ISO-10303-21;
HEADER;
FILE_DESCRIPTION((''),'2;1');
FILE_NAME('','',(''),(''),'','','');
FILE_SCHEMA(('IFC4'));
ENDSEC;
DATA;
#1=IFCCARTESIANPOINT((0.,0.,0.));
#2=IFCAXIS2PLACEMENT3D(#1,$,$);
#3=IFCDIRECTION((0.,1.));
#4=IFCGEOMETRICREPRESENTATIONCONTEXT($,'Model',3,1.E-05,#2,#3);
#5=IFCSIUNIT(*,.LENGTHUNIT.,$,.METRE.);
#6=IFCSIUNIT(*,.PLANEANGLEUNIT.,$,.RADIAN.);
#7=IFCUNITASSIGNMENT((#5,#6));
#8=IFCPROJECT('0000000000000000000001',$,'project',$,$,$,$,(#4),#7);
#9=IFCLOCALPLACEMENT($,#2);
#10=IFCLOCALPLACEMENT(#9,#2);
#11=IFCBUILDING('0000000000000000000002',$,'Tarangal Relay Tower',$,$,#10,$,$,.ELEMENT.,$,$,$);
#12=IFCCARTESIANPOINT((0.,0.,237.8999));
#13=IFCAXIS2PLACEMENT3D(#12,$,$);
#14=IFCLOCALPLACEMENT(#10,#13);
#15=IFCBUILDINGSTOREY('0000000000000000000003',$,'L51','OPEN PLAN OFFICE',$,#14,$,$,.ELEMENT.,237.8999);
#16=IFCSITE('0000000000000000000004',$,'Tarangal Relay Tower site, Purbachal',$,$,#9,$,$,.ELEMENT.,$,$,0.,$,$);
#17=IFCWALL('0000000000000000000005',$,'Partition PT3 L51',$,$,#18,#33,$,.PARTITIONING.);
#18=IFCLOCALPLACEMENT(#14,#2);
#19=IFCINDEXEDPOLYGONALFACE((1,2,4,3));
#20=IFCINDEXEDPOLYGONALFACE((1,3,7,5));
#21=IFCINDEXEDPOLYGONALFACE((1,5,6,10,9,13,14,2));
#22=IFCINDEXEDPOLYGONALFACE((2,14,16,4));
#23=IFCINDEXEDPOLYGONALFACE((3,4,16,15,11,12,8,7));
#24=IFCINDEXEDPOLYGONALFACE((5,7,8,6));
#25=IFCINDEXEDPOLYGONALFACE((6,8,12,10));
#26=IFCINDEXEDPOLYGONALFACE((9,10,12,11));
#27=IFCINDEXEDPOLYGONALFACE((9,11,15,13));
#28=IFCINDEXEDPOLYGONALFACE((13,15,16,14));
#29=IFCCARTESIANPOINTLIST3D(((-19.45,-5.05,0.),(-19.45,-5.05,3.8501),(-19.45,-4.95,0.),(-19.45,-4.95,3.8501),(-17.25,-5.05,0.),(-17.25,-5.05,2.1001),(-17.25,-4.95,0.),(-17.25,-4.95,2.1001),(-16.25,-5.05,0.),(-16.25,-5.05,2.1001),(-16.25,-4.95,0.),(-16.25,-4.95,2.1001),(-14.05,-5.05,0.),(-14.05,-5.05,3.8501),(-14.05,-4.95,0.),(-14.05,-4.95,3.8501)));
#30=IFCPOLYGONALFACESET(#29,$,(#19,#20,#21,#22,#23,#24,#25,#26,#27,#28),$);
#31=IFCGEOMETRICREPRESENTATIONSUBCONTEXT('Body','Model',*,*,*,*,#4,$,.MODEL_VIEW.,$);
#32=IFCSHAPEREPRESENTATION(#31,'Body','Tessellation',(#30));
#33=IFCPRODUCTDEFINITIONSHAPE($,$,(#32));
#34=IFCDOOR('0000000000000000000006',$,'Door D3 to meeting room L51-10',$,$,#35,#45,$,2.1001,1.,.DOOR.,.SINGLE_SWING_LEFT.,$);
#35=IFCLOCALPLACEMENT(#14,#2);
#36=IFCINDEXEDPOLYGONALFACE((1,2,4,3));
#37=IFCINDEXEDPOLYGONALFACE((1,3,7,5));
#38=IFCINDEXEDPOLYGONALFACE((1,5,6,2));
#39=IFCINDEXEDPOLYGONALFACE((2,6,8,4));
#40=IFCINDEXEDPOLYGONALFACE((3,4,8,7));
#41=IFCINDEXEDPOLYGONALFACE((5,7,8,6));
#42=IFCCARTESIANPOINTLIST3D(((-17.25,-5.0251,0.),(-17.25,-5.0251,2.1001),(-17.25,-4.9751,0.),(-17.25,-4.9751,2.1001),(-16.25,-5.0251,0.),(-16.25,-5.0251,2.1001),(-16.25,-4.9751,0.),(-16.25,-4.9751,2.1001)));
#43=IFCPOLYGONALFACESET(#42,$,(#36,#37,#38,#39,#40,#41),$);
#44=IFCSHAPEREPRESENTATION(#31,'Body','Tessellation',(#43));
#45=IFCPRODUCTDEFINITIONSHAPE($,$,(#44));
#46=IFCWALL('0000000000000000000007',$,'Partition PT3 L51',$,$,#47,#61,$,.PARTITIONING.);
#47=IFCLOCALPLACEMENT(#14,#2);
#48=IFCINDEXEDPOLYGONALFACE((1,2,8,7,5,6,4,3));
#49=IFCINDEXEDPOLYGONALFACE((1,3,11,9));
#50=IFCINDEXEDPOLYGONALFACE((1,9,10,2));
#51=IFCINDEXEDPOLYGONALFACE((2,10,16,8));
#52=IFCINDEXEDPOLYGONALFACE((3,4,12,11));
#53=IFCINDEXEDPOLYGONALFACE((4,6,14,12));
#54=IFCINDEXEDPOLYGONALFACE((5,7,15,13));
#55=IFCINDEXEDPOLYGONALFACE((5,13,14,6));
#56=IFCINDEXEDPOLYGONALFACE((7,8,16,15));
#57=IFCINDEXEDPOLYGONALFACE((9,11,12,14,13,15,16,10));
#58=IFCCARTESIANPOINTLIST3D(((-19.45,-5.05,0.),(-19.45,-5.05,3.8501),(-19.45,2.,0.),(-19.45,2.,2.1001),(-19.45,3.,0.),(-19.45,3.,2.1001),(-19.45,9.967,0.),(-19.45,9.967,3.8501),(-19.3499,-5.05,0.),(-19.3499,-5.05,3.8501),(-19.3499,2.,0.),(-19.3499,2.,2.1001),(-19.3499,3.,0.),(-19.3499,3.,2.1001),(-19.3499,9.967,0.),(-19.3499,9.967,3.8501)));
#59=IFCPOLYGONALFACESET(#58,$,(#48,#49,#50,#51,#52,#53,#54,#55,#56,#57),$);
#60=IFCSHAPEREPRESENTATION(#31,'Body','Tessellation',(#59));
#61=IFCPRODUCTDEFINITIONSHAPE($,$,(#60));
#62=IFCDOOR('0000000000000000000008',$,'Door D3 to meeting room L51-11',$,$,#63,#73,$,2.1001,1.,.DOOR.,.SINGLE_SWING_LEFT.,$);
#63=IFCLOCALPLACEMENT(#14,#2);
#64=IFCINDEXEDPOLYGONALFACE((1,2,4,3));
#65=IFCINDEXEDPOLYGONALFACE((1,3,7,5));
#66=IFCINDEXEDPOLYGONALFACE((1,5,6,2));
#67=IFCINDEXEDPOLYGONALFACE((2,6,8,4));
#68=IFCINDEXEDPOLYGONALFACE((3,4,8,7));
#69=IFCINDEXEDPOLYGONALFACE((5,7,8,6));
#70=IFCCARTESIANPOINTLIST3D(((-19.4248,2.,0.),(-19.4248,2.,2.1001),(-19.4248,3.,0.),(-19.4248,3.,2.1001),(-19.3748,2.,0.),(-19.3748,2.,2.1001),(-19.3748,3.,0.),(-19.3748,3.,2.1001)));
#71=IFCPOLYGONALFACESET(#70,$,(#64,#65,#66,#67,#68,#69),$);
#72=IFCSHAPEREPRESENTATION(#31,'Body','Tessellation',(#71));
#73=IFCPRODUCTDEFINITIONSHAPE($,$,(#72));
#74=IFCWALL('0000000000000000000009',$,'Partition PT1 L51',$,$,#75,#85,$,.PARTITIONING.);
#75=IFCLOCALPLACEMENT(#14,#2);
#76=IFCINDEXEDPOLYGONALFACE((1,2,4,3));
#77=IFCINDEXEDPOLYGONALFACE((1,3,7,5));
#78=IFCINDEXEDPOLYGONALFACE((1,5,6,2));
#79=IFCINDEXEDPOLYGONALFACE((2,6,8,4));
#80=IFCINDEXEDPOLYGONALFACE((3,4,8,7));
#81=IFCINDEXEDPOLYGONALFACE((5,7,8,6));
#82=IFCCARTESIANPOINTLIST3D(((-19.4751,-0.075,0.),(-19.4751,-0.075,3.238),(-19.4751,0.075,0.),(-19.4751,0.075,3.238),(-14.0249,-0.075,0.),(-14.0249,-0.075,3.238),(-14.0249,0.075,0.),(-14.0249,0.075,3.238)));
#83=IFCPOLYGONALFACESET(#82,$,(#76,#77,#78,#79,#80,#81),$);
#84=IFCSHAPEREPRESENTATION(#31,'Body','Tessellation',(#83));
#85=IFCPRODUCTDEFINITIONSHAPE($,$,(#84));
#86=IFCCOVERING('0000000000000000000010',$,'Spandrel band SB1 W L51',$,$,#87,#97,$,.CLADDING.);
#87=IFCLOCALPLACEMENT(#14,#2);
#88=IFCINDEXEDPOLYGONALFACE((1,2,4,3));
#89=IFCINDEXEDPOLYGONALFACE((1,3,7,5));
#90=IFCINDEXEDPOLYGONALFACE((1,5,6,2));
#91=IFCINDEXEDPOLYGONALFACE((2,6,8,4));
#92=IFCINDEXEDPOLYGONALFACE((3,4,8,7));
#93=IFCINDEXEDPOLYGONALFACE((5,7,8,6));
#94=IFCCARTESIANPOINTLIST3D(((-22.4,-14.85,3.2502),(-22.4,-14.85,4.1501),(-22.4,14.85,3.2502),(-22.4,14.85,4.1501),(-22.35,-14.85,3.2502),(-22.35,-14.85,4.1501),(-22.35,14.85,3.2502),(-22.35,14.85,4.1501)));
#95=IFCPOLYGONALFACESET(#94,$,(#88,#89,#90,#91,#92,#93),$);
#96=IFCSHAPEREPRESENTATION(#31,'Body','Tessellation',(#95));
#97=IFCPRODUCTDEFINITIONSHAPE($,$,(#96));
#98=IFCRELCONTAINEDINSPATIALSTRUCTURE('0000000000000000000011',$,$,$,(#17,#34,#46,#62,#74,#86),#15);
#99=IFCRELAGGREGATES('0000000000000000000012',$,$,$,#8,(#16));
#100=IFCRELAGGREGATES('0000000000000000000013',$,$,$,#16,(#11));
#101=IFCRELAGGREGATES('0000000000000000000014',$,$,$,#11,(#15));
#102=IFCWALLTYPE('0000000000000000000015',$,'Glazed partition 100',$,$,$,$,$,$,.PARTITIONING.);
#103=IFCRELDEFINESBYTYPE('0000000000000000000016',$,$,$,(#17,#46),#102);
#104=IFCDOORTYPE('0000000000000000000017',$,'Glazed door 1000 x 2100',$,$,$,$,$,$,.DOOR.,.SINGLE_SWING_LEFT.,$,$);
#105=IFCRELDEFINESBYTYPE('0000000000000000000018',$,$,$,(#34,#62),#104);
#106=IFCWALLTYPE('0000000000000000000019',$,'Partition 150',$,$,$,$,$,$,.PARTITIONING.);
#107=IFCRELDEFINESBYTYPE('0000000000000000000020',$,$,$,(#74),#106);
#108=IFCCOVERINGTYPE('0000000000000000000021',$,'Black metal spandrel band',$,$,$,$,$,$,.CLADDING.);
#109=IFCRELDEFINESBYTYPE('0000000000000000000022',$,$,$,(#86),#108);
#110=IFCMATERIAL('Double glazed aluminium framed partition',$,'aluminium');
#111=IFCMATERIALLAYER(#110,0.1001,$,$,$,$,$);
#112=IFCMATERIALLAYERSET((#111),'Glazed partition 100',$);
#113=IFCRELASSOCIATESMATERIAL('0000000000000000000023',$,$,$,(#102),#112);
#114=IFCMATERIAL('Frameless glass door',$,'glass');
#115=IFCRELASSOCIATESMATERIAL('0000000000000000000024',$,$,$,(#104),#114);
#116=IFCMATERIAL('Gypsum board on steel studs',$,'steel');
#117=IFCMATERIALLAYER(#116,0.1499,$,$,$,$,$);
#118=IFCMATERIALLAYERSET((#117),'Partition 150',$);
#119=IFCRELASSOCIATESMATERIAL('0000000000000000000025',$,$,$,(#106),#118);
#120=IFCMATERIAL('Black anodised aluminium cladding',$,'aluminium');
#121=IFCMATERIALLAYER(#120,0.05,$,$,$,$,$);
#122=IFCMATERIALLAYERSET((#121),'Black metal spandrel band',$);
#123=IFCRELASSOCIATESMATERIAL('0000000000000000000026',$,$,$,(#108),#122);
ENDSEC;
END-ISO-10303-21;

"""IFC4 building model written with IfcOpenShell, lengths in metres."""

from ifc_helpers import new_model, si_unit, direction, frame, frame_2d, origin, origin_2d, place, context, subcontext, project, spatial, rectangle, extrude, material, layer, layer_set, type_object, element, fill, save


model = new_model("IFC4")

# Units and contexts
model_context = context("Model", 3, precision=1e-05, world=origin(), true_north=direction((0.0, 1.0)))
body_context = subcontext(model_context, "Body", "Model", "MODEL_VIEW")
ifc_project = project(units=[si_unit("LENGTHUNIT", "METRE"), si_unit("PLANEANGLEUNIT", "RADIAN")], contexts=[model_context])

# Site, building, storey
site_placement = place(None, origin())
site = spatial("IfcSite", under=ifc_project, at=site_placement, Name="Tarangal Relay Tower site, Purbachal", CompositionType="ELEMENT", RefElevation=0.0)
building_placement = place(site_placement, origin())
building = spatial("IfcBuilding", under=site, at=building_placement, Name="Tarangal Relay Tower", CompositionType="ELEMENT")
storey_placement = place(building_placement, frame((0.0, 0.0, 237.8999)))
storey = spatial("IfcBuildingStorey", under=building, at=storey_placement, Name="L51", Description="OPEN PLAN OFFICE", CompositionType="ELEMENT", Elevation=237.8999)

# Walls, openings, doors
ifc_material_1 = material(Name="Double glazed aluminium framed partition", Category="aluminium")
ifc_layer_1 = layer(ifc_material_1, 0.1001)
ifc_layer_set_1 = layer_set([ifc_layer_1], Name="Glazed partition 100")
wall_type_1 = type_object("IfcWallType", Name="Glazed partition 100", PredefinedType="PARTITIONING", material=ifc_layer_set_1)
wall_1_placement = place(storey_placement, frame((-19.45, -5.0, 0.0), z_axis=(0.0, 0.0, 1.0), x_axis=(1.0, 0.0, 0.0)))
wall_1 = element("IfcWall", 1, at=wall_1_placement, inside=storey, type_object=wall_type_1, Name="Partition PT3 L51", PredefinedType="PARTITIONING", context=body_context, shape_type="SweptSolid", body=[
    extrude(rectangle(XDim=5.3999, YDim=0.1001, at=frame_2d((2.7, 0.0))), origin(), (0.0, 0.0, 1.0), 3.8501),
])
opening_1_placement = place(wall_1_placement, frame((2.2, 0.0, 0.0)))
opening_1 = element("IfcOpeningElement", 2, at=opening_1_placement, cuts=wall_1, PredefinedType="OPENING", context=body_context, shape_type="SweptSolid", body=[
    extrude(rectangle(XDim=1.0, YDim=2.1001, at=frame_2d((0.5, 1.05))), frame((0.0, 0.0601, 0.0), z_axis=(0.0, -1.0, 0.0), x_axis=(1.0, 0.0, 0.0)), (0.0, 0.0, 1.0), 0.1201),
])
ifc_material_2 = material(Name="Frameless glass door", Category="glass")
door_type = type_object("IfcDoorType", Name="Glazed door 1000 x 2100", OperationType="SINGLE_SWING_LEFT", PredefinedType="DOOR", material=ifc_material_2)
door_1_placement = place(opening_1_placement, origin())
door_1 = element("IfcDoor", 3, at=door_1_placement, inside=storey, type_object=door_type, Name="Door D3 to meeting room L51-10", OperationType="SINGLE_SWING_LEFT", OverallHeight=2.1001, OverallWidth=1.0, PredefinedType="DOOR", context=body_context, shape_type="SweptSolid", body=[
    extrude(rectangle(XDim=1.0, YDim=2.1001, at=frame_2d((0.5, 1.05))), frame((0.0, 0.0249, 0.0), z_axis=(0.0, -1.0, 0.0), x_axis=(1.0, 0.0, 0.0)), (0.0, 0.0, 1.0), 0.05),
])
fill(opening_1, door_1)
wall_2_placement = place(storey_placement, frame((-19.3999, -5.05, 0.0), z_axis=(0.0, 0.0, 1.0), x_axis=(0.0, 1.0, 0.0)))
wall_2 = element("IfcWall", 4, at=wall_2_placement, inside=storey, type_object=wall_type_1, Name="Partition PT3 L51", PredefinedType="PARTITIONING", context=body_context, shape_type="SweptSolid", body=[
    extrude(rectangle(XDim=15.0171, YDim=0.1001, at=frame_2d((7.5085, 0.0))), origin(), (0.0, 0.0, 1.0), 3.8501),
])
opening_2_placement = place(wall_2_placement, frame((7.05, 0.0, 0.0)))
opening_2 = element("IfcOpeningElement", 5, at=opening_2_placement, cuts=wall_2, PredefinedType="OPENING", context=body_context, shape_type="SweptSolid", body=[
    extrude(rectangle(XDim=1.0, YDim=2.1001, at=frame_2d((0.5, 1.05))), frame((0.0, 0.0601, 0.0), z_axis=(0.0, -1.0, 0.0), x_axis=(1.0, 0.0, 0.0)), (0.0, 0.0, 1.0), 0.1201),
])
door_2_placement = place(opening_2_placement, origin())
door_2 = element("IfcDoor", 6, at=door_2_placement, inside=storey, type_object=door_type, Name="Door D3 to meeting room L51-11", OperationType="SINGLE_SWING_LEFT", OverallHeight=2.1001, OverallWidth=1.0, PredefinedType="DOOR", context=body_context, shape_type="SweptSolid", body=[
    extrude(rectangle(XDim=1.0, YDim=2.1001, at=frame_2d((0.5, 1.05))), frame((0.0, 0.0249, 0.0), z_axis=(0.0, -1.0, 0.0), x_axis=(1.0, 0.0, 0.0)), (0.0, 0.0, 1.0), 0.05),
])
fill(opening_2, door_2)

# Wall
ifc_material_3 = material(Name="Gypsum board on steel studs", Category="steel")
ifc_layer_2 = layer(ifc_material_3, 0.1499)
ifc_layer_set_2 = layer_set([ifc_layer_2], Name="Partition 150")
wall_type_2 = type_object("IfcWallType", Name="Partition 150", PredefinedType="PARTITIONING", material=ifc_layer_set_2)
wall_3_placement = place(storey_placement, frame((-19.4751, 0.0, 0.0), z_axis=(0.0, 0.0, 1.0), x_axis=(1.0, 0.0, 0.0)))
element("IfcWall", 7, at=wall_3_placement, inside=storey, type_object=wall_type_2, Name="Partition PT1 L51", PredefinedType="PARTITIONING", context=body_context, shape_type="SweptSolid", body=[
    extrude(rectangle(XDim=5.4502, YDim=0.1499, at=frame_2d((2.7251, 0.0))), origin(), (0.0, 0.0, 1.0), 3.238),
])

# Covering
ifc_material_4 = material(Name="Black anodised aluminium cladding", Category="aluminium")
ifc_layer_3 = layer(ifc_material_4, 0.05)
ifc_layer_set_3 = layer_set([ifc_layer_3], Name="Black metal spandrel band")
covering_type = type_object("IfcCoveringType", Name="Black metal spandrel band", PredefinedType="CLADDING", material=ifc_layer_set_3)
covering_placement = place(storey_placement, frame((-22.375, 0.0, 3.2502), z_axis=(0.0, 0.0, 1.0), x_axis=(0.0, 1.0, 0.0)))
element("IfcCovering", 8, at=covering_placement, inside=storey, type_object=covering_type, Name="Spandrel band SB1 W L51", PredefinedType="CLADDING", context=body_context, shape_type="SweptSolid", body=[
    extrude(rectangle(XDim=29.7, YDim=0.05, at=origin_2d()), origin(), (0.0, 0.0, 1.0), 0.8999),
])

save(model, "model.ifc")
